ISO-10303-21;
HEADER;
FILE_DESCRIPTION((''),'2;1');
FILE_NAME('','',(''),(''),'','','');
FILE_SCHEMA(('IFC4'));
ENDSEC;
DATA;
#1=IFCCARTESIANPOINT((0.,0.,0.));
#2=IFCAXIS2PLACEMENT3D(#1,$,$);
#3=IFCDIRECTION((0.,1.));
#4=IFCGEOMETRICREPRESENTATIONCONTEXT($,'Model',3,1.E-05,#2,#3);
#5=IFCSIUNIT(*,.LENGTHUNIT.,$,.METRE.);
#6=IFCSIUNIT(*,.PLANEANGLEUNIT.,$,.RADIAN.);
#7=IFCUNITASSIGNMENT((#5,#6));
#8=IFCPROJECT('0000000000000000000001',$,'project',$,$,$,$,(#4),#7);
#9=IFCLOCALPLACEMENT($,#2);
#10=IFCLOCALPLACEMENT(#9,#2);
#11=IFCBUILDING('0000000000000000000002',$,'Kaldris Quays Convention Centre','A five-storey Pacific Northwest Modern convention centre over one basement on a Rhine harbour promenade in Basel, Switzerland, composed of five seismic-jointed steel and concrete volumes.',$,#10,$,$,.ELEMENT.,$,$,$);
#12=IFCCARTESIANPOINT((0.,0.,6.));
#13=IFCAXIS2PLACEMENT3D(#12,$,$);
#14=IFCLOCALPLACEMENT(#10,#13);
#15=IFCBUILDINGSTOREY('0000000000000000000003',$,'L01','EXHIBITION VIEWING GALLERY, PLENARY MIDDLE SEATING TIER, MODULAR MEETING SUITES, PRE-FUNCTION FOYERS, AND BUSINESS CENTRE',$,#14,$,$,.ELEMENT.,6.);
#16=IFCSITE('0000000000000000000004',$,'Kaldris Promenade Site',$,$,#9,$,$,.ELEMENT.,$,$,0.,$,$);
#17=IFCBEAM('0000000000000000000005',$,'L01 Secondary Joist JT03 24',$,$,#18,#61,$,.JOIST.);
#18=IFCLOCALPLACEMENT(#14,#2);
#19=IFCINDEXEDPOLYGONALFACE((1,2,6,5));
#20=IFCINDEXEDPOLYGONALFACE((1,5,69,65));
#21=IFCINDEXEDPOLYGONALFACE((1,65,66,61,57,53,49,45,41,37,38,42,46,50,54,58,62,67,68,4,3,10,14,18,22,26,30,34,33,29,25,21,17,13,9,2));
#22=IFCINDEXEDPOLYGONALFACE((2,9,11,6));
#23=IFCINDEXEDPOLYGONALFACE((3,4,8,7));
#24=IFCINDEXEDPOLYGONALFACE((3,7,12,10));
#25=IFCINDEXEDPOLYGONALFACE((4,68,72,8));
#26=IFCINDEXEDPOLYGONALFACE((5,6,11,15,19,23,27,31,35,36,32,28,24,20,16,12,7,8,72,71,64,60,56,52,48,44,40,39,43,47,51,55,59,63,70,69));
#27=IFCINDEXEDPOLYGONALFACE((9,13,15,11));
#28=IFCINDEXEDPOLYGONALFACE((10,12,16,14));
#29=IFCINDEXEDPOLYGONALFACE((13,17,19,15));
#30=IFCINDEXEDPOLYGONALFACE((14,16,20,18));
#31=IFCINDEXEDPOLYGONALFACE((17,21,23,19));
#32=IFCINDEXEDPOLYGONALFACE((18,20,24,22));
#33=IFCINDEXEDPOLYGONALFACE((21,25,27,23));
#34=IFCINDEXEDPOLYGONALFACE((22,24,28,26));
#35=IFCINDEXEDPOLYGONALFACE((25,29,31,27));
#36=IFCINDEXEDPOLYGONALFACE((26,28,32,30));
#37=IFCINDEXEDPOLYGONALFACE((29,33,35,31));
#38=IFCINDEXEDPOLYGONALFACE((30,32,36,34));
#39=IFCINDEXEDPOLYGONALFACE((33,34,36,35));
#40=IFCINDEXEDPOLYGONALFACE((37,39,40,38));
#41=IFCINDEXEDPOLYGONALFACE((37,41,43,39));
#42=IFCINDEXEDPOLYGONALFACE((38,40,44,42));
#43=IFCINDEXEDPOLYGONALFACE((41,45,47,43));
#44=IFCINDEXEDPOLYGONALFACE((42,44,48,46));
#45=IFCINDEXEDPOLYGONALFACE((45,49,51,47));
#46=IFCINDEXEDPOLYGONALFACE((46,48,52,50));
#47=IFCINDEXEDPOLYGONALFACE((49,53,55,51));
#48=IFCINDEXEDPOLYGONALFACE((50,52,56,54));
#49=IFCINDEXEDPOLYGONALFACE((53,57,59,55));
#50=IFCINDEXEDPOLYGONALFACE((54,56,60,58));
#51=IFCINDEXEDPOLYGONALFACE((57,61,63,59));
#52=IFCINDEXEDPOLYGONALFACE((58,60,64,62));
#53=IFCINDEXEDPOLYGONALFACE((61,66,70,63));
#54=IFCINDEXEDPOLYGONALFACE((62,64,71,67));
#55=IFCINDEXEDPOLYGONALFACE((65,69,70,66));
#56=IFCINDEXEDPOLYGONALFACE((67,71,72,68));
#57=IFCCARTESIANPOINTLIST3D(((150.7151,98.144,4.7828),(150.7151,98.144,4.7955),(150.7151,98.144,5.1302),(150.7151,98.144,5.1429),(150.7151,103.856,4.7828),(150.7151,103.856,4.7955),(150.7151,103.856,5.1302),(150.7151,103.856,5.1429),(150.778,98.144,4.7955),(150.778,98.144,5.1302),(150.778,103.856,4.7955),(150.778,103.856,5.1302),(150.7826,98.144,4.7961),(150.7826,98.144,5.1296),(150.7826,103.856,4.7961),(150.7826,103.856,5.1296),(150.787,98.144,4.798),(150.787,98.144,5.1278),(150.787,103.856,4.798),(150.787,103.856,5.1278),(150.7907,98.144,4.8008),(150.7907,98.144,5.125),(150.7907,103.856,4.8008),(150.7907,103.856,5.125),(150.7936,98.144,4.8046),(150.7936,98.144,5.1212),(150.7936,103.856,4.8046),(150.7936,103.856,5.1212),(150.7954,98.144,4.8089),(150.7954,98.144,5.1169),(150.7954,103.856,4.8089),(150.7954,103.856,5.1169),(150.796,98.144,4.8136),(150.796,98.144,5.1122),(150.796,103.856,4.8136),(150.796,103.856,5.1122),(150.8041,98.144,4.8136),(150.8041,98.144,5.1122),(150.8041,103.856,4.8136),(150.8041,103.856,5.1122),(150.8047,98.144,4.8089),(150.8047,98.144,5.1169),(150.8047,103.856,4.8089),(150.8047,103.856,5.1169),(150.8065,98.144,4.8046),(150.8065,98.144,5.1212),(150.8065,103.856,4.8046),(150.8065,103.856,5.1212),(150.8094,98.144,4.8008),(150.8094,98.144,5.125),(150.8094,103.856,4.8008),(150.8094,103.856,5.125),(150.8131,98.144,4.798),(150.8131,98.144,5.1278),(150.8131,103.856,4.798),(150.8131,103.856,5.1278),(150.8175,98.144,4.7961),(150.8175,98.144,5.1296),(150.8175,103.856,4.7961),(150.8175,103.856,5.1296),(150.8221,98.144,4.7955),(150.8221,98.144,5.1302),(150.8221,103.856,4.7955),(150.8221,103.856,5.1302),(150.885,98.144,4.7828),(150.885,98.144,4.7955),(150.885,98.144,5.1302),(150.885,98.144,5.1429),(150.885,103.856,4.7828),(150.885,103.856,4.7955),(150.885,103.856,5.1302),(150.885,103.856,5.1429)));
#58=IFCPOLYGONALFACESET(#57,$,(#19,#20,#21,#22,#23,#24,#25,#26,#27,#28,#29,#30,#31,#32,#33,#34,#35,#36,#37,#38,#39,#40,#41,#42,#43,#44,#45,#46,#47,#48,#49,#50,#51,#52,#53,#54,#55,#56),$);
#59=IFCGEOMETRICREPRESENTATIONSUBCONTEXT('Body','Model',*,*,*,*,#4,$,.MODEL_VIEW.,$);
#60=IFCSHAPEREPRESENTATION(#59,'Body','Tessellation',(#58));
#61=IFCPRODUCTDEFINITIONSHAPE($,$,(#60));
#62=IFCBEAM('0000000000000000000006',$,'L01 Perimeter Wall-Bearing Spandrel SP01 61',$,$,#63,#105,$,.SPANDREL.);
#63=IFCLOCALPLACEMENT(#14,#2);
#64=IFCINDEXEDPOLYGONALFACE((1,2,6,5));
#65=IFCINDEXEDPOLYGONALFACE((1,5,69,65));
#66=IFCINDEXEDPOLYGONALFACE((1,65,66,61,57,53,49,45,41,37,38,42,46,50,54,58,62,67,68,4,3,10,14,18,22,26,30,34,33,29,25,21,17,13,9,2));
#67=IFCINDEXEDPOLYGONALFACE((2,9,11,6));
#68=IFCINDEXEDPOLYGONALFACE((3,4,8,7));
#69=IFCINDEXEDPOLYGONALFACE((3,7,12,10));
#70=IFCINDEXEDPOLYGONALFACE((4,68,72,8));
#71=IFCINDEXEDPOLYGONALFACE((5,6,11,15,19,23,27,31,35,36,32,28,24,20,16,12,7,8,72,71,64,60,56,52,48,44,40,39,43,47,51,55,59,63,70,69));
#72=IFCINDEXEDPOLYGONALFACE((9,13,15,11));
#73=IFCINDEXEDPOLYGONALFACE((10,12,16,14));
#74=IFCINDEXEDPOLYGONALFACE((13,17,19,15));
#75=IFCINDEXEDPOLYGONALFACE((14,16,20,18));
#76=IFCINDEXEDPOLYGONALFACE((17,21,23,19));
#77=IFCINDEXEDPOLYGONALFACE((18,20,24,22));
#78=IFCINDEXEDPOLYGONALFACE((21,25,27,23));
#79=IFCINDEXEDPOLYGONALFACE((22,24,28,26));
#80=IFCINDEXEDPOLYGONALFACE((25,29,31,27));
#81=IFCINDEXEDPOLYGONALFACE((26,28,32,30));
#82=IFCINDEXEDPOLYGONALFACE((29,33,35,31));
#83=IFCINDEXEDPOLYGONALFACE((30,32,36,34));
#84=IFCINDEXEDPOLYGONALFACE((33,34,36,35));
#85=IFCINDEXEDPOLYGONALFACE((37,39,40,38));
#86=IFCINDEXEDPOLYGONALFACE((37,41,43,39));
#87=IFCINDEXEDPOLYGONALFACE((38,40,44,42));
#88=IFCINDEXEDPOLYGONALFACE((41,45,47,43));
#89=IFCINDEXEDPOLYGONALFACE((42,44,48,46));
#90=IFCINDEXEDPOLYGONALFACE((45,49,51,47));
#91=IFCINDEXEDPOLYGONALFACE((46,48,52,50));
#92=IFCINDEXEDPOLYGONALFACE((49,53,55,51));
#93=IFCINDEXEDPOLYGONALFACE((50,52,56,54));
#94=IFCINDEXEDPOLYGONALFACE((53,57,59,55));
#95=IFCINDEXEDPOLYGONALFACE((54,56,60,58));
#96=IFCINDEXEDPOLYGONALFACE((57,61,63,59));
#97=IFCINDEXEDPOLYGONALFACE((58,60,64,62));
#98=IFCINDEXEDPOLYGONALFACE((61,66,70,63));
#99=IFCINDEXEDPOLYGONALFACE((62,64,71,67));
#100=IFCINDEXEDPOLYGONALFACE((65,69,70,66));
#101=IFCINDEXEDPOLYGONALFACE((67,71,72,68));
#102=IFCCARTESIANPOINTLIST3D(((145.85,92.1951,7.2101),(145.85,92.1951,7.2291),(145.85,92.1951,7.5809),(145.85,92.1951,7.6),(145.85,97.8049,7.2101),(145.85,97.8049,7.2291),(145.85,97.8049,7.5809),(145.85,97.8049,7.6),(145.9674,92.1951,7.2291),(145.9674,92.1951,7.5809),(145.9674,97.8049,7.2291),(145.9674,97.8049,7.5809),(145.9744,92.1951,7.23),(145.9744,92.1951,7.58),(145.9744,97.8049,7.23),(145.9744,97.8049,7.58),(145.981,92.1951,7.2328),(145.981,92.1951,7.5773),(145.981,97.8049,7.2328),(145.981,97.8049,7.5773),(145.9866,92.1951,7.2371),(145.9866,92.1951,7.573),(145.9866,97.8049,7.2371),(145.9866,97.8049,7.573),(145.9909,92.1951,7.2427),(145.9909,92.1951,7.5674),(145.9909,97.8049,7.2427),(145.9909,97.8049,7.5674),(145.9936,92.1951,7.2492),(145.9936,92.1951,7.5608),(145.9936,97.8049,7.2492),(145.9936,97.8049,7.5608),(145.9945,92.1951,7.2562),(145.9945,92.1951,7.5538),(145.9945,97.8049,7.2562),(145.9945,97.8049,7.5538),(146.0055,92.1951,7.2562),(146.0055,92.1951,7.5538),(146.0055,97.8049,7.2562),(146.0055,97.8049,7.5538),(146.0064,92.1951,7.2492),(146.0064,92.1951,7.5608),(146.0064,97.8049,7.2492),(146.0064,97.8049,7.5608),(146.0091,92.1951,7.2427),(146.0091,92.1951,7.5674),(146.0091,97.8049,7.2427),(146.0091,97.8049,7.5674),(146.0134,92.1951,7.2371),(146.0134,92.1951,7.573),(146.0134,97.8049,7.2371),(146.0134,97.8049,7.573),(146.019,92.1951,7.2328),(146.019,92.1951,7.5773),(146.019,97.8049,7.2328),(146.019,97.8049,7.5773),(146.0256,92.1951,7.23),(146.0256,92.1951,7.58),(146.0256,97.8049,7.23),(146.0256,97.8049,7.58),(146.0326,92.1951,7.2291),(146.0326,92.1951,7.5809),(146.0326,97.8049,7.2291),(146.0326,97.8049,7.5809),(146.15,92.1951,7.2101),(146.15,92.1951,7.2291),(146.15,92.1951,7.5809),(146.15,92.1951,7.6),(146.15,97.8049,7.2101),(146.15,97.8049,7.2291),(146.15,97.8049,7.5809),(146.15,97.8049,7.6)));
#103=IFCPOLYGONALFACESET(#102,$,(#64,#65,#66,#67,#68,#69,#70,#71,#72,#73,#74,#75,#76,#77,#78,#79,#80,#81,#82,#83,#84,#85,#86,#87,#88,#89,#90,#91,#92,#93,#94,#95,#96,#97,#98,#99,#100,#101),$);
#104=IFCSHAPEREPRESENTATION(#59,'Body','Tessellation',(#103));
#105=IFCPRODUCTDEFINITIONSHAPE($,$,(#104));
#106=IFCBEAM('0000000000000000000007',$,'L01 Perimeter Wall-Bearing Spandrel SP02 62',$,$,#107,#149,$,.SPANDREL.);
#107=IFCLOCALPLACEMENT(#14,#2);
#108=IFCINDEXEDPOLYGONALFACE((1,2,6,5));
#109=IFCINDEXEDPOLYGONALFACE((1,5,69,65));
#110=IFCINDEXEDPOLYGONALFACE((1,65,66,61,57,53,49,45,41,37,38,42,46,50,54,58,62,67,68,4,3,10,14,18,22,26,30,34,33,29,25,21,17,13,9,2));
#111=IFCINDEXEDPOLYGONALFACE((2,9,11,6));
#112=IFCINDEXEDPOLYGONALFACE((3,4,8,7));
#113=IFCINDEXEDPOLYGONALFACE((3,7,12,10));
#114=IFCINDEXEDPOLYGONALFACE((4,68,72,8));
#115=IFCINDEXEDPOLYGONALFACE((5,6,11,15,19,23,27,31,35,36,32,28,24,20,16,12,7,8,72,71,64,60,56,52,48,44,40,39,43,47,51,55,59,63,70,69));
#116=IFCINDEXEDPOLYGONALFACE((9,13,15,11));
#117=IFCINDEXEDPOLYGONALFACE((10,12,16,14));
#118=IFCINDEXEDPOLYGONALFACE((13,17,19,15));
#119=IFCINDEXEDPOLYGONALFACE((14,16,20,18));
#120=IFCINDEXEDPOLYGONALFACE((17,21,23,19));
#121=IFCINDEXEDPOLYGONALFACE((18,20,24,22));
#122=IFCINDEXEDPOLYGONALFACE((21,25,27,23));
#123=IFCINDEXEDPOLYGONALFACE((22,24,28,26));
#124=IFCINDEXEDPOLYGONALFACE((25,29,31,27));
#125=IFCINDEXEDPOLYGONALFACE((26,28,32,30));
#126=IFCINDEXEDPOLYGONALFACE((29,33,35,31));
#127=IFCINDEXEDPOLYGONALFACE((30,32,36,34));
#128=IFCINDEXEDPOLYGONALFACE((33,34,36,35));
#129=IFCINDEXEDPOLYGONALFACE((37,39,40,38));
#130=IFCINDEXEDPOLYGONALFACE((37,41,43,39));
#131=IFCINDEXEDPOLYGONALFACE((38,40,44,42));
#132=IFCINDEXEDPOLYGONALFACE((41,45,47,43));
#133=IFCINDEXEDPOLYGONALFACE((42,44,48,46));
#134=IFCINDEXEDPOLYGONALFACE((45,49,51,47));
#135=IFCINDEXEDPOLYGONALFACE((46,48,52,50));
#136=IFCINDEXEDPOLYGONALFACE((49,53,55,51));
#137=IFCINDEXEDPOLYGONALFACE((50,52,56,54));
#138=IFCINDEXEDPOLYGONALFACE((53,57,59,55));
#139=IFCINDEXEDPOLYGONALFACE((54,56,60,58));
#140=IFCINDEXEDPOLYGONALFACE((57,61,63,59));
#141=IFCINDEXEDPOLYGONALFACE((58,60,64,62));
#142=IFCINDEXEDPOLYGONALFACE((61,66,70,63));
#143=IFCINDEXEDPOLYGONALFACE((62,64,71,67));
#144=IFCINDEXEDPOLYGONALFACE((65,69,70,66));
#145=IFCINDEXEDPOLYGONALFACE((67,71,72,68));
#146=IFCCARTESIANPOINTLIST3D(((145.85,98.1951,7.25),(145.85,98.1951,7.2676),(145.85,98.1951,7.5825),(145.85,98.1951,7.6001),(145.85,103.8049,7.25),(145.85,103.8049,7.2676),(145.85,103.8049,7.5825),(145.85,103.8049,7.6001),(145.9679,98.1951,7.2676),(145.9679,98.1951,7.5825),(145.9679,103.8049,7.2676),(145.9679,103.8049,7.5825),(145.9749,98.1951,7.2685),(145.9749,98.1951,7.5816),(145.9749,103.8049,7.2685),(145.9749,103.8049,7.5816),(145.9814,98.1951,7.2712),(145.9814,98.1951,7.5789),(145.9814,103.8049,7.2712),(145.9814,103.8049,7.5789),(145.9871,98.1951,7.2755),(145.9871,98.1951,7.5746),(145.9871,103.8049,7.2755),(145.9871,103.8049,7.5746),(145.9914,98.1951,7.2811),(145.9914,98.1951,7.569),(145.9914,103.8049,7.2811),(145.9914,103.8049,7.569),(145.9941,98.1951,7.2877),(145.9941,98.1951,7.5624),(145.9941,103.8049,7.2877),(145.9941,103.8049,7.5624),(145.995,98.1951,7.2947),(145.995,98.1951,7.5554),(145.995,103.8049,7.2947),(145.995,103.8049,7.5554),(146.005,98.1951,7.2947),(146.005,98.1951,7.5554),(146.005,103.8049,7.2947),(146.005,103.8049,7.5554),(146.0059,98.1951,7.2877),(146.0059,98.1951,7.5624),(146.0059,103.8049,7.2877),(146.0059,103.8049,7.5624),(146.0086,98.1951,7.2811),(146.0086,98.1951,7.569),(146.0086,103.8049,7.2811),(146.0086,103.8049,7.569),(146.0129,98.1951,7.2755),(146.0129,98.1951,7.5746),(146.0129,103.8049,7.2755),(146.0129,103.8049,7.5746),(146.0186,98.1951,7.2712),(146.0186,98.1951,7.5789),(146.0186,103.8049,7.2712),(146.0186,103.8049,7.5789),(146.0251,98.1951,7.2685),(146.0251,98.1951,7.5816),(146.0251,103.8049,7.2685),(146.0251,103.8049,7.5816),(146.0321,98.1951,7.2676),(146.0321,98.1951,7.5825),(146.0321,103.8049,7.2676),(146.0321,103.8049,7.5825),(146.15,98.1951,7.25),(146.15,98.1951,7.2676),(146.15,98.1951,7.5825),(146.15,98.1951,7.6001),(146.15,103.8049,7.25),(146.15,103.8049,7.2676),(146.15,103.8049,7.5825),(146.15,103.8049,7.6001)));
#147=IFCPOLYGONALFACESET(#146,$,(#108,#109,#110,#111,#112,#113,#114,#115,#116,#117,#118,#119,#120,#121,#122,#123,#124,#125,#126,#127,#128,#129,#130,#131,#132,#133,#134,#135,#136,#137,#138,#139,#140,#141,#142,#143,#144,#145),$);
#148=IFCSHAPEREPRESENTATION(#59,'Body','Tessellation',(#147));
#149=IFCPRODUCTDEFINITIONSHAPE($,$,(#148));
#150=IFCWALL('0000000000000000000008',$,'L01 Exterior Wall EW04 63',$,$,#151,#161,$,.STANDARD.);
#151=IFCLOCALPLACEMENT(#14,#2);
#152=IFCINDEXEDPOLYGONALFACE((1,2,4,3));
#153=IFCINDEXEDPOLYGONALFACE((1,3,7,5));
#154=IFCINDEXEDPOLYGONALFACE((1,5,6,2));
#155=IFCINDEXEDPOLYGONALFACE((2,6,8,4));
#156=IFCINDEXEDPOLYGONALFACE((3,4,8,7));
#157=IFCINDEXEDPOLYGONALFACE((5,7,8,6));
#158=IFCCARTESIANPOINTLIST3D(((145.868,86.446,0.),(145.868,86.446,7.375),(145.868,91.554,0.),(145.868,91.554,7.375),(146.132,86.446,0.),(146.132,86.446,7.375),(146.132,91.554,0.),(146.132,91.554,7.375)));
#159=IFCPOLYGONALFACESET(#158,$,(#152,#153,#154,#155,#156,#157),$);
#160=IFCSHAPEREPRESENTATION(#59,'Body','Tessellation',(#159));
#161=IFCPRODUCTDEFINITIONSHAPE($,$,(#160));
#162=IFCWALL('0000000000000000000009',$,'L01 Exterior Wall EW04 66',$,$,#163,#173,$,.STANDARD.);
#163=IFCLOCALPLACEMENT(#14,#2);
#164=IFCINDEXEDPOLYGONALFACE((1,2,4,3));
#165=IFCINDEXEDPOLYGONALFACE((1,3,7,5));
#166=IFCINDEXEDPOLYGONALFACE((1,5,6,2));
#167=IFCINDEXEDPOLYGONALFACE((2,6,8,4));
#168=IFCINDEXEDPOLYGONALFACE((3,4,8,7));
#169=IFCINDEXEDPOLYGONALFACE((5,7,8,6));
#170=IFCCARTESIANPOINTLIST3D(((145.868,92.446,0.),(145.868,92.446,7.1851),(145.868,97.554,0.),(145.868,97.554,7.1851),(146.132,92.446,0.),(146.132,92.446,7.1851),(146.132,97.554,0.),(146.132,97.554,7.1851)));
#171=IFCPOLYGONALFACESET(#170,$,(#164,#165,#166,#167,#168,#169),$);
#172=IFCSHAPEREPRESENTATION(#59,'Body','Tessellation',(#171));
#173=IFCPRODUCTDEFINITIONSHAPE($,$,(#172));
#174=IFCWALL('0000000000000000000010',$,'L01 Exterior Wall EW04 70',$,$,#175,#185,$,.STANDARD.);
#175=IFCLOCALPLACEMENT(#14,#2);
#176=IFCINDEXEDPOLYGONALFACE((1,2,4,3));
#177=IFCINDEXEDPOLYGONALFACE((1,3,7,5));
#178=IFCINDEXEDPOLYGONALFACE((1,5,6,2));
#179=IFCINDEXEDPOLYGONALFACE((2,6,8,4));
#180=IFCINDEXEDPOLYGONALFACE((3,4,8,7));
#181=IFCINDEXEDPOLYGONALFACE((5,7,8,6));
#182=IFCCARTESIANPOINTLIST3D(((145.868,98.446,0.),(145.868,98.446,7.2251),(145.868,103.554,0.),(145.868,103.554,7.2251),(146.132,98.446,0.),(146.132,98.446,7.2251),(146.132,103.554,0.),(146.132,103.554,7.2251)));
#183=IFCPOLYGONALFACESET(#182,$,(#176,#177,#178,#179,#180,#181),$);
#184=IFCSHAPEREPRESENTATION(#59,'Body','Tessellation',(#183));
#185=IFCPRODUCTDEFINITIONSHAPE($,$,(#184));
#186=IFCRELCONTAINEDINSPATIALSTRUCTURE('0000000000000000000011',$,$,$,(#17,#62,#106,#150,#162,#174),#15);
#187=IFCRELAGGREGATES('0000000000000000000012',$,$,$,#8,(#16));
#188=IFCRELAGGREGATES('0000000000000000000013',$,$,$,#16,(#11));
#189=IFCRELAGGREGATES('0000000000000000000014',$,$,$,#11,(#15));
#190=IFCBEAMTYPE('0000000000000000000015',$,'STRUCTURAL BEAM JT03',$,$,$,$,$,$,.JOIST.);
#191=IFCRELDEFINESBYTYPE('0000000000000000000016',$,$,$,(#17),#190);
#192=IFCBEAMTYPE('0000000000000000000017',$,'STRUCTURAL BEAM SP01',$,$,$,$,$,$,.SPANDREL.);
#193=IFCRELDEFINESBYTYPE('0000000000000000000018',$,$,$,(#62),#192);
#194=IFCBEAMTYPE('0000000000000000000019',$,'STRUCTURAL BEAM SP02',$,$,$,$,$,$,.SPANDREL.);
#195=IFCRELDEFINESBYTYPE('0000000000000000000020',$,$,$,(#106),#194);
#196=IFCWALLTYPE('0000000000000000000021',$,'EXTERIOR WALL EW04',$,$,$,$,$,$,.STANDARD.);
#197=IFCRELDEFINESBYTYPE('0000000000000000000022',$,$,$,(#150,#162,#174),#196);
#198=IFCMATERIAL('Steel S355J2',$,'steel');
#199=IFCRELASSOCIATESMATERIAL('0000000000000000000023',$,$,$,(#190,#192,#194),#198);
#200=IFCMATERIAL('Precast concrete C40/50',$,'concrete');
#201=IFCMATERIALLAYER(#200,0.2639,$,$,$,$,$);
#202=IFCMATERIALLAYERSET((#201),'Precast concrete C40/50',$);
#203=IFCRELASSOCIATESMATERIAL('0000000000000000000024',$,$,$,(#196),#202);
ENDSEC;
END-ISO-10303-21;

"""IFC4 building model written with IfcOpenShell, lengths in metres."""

from ifc_helpers import new_model, si_unit, direction, frame, frame_2d, origin, origin_2d, place, context, subcontext, project, spatial, rectangle, i_section, extrude, material, layer, layer_set, material_profile, profile_set, type_object, element, save


model = new_model("IFC4")

# Units and contexts
model_context = context("Model", 3, precision=1e-05, world=origin(), true_north=direction((0.0, 1.0)))
body_context = subcontext(model_context, "Body", "Model", "MODEL_VIEW")
ifc_project = project(units=[si_unit("LENGTHUNIT", "METRE"), si_unit("PLANEANGLEUNIT", "RADIAN")], contexts=[model_context])

# Site, building, storey
site_placement = place(None, origin())
site = spatial("IfcSite", under=ifc_project, at=site_placement, Name="Kaldris Promenade Site", CompositionType="ELEMENT", RefElevation=0.0)
building_placement = place(site_placement, origin())
building = spatial("IfcBuilding", under=site, at=building_placement, Name="Kaldris Quays Convention Centre", Description="A five-storey Pacific Northwest Modern convention centre over one basement on a Rhine harbour promenade in Basel, Switzerland, composed of five seismic-jointed steel and concrete volumes.", CompositionType="ELEMENT")
storey_placement = place(building_placement, frame((0.0, 0.0, 6.0)))
storey = spatial("IfcBuildingStorey", under=building, at=storey_placement, Name="L01", Description="EXHIBITION VIEWING GALLERY, PLENARY MIDDLE SEATING TIER, MODULAR MEETING SUITES, PRE-FUNCTION FOYERS, AND BUSINESS CENTRE", CompositionType="ELEMENT", Elevation=6.0)

# Shared definitions
ifc_material_1 = material(Name="Steel S355J2", Category="steel")

# Beams
ifc_material_profile_1 = material_profile(ifc_material_1, i_section(OverallWidth=0.1699, OverallDepth=0.3601, WebThickness=0.0081, FlangeThickness=0.0127, FilletRadius=0.0181, at=origin_2d()), Name="IPE 360")
ifc_profile_set_1 = profile_set([ifc_material_profile_1], Name="Steel S355J2")
beam_type_1 = type_object("IfcBeamType", Name="STRUCTURAL BEAM JT03", PredefinedType="JOIST", material=ifc_profile_set_1)
for number, where, z_axis, x_axis, name in (
    (1, (150.8, 98.144, 4.9629), (0.0, 1.0, 0.0), (-1.0, 0.0, 0.0), "L01 Secondary Joist JT03 24"),
):
    element("IfcBeam", number, at=place(storey_placement, frame(where, z_axis=z_axis, x_axis=x_axis)), inside=storey, type_object=beam_type_1, Name=name, PredefinedType="JOIST", context=body_context, shape_type="SweptSolid", body=[
        extrude(i_section(OverallWidth=0.1699, OverallDepth=0.3601, WebThickness=0.0081, FlangeThickness=0.0127, FilletRadius=0.0181, at=origin_2d()), origin(), (0.0, 0.0, 1.0), 5.7119),
    ])
ifc_material_profile_2 = material_profile(ifc_material_1, i_section(OverallWidth=0.3, OverallDepth=0.3899, WebThickness=0.011, FlangeThickness=0.019, FilletRadius=0.0271, at=origin_2d()), Name="HEA 400")
ifc_profile_set_2 = profile_set([ifc_material_profile_2], Name="Steel S355J2")
beam_type_2 = type_object("IfcBeamType", Name="STRUCTURAL BEAM SP01", PredefinedType="SPANDREL", material=ifc_profile_set_2)
beam_1_placement = place(storey_placement, frame((146.0, 92.1951, 7.405), z_axis=(0.0, 1.0, 0.0), x_axis=(-1.0, 0.0, 0.0)))
element("IfcBeam", 2, at=beam_1_placement, inside=storey, type_object=beam_type_2, Name="L01 Perimeter Wall-Bearing Spandrel SP01 61", PredefinedType="SPANDREL", context=body_context, shape_type="SweptSolid", body=[
    extrude(i_section(OverallWidth=0.3, OverallDepth=0.3899, WebThickness=0.011, FlangeThickness=0.019, FilletRadius=0.0271, at=origin_2d()), origin(), (0.0, 0.0, 1.0), 5.6099),
])
ifc_material_profile_3 = material_profile(ifc_material_1, i_section(OverallWidth=0.3, OverallDepth=0.3501, WebThickness=0.01, FlangeThickness=0.0176, FilletRadius=0.0271, at=origin_2d()), Name="HEA 360")
ifc_profile_set_3 = profile_set([ifc_material_profile_3], Name="Steel S355J2")
beam_type_3 = type_object("IfcBeamType", Name="STRUCTURAL BEAM SP02", PredefinedType="SPANDREL", material=ifc_profile_set_3)
beam_2_placement = place(storey_placement, frame((146.0, 98.1951, 7.425), z_axis=(0.0, 1.0, 0.0), x_axis=(-1.0, 0.0, 0.0)))
element("IfcBeam", 3, at=beam_2_placement, inside=storey, type_object=beam_type_3, Name="L01 Perimeter Wall-Bearing Spandrel SP02 62", PredefinedType="SPANDREL", context=body_context, shape_type="SweptSolid", body=[
    extrude(i_section(OverallWidth=0.3, OverallDepth=0.3501, WebThickness=0.01, FlangeThickness=0.0176, FilletRadius=0.0271, at=origin_2d()), origin(), (0.0, 0.0, 1.0), 5.6099),
])

# Walls
ifc_material_2 = material(Name="Precast concrete C40/50", Category="concrete")
ifc_layer_1 = layer(ifc_material_2, 0.2639)
ifc_layer_set_1 = layer_set([ifc_layer_1], Name="Precast concrete C40/50")
wall_type_1 = type_object("IfcWallType", Name="EXTERIOR WALL EW04", PredefinedType="STANDARD", material=ifc_layer_set_1)
wall_1_placement = place(storey_placement, frame((146.0, 86.446, 0.0), z_axis=(0.0, 0.0, 1.0), x_axis=(0.0, 1.0, 0.0)))
element("IfcWall", 4, at=wall_1_placement, inside=storey, type_object=wall_type_1, Name="L01 Exterior Wall EW04 63", PredefinedType="STANDARD", context=body_context, shape_type="SweptSolid", body=[
    extrude(rectangle(XDim=5.1079, YDim=0.2639, at=frame_2d((2.554, 0.0))), origin(), (0.0, 0.0, 1.0), 7.375),
])
wall_2_placement = place(storey_placement, frame((146.0, 92.446, 0.0), z_axis=(0.0, 0.0, 1.0), x_axis=(0.0, 1.0, 0.0)))
element("IfcWall", 5, at=wall_2_placement, inside=storey, type_object=wall_type_1, Name="L01 Exterior Wall EW04 66", PredefinedType="STANDARD", context=body_context, shape_type="SweptSolid", body=[
    extrude(rectangle(XDim=5.1079, YDim=0.2639, at=frame_2d((2.554, 0.0))), origin(), (0.0, 0.0, 1.0), 7.1851),
])
wall_3_placement = place(storey_placement, frame((146.0, 98.446, 0.0), z_axis=(0.0, 0.0, 1.0), x_axis=(0.0, 1.0, 0.0)))
element("IfcWall", 6, at=wall_3_placement, inside=storey, type_object=wall_type_1, Name="L01 Exterior Wall EW04 70", PredefinedType="STANDARD", context=body_context, shape_type="SweptSolid", body=[
    extrude(rectangle(XDim=5.1079, YDim=0.2639, at=frame_2d((2.554, 0.0))), origin(), (0.0, 0.0, 1.0), 7.2251),
])

save(model, "model.ifc")
